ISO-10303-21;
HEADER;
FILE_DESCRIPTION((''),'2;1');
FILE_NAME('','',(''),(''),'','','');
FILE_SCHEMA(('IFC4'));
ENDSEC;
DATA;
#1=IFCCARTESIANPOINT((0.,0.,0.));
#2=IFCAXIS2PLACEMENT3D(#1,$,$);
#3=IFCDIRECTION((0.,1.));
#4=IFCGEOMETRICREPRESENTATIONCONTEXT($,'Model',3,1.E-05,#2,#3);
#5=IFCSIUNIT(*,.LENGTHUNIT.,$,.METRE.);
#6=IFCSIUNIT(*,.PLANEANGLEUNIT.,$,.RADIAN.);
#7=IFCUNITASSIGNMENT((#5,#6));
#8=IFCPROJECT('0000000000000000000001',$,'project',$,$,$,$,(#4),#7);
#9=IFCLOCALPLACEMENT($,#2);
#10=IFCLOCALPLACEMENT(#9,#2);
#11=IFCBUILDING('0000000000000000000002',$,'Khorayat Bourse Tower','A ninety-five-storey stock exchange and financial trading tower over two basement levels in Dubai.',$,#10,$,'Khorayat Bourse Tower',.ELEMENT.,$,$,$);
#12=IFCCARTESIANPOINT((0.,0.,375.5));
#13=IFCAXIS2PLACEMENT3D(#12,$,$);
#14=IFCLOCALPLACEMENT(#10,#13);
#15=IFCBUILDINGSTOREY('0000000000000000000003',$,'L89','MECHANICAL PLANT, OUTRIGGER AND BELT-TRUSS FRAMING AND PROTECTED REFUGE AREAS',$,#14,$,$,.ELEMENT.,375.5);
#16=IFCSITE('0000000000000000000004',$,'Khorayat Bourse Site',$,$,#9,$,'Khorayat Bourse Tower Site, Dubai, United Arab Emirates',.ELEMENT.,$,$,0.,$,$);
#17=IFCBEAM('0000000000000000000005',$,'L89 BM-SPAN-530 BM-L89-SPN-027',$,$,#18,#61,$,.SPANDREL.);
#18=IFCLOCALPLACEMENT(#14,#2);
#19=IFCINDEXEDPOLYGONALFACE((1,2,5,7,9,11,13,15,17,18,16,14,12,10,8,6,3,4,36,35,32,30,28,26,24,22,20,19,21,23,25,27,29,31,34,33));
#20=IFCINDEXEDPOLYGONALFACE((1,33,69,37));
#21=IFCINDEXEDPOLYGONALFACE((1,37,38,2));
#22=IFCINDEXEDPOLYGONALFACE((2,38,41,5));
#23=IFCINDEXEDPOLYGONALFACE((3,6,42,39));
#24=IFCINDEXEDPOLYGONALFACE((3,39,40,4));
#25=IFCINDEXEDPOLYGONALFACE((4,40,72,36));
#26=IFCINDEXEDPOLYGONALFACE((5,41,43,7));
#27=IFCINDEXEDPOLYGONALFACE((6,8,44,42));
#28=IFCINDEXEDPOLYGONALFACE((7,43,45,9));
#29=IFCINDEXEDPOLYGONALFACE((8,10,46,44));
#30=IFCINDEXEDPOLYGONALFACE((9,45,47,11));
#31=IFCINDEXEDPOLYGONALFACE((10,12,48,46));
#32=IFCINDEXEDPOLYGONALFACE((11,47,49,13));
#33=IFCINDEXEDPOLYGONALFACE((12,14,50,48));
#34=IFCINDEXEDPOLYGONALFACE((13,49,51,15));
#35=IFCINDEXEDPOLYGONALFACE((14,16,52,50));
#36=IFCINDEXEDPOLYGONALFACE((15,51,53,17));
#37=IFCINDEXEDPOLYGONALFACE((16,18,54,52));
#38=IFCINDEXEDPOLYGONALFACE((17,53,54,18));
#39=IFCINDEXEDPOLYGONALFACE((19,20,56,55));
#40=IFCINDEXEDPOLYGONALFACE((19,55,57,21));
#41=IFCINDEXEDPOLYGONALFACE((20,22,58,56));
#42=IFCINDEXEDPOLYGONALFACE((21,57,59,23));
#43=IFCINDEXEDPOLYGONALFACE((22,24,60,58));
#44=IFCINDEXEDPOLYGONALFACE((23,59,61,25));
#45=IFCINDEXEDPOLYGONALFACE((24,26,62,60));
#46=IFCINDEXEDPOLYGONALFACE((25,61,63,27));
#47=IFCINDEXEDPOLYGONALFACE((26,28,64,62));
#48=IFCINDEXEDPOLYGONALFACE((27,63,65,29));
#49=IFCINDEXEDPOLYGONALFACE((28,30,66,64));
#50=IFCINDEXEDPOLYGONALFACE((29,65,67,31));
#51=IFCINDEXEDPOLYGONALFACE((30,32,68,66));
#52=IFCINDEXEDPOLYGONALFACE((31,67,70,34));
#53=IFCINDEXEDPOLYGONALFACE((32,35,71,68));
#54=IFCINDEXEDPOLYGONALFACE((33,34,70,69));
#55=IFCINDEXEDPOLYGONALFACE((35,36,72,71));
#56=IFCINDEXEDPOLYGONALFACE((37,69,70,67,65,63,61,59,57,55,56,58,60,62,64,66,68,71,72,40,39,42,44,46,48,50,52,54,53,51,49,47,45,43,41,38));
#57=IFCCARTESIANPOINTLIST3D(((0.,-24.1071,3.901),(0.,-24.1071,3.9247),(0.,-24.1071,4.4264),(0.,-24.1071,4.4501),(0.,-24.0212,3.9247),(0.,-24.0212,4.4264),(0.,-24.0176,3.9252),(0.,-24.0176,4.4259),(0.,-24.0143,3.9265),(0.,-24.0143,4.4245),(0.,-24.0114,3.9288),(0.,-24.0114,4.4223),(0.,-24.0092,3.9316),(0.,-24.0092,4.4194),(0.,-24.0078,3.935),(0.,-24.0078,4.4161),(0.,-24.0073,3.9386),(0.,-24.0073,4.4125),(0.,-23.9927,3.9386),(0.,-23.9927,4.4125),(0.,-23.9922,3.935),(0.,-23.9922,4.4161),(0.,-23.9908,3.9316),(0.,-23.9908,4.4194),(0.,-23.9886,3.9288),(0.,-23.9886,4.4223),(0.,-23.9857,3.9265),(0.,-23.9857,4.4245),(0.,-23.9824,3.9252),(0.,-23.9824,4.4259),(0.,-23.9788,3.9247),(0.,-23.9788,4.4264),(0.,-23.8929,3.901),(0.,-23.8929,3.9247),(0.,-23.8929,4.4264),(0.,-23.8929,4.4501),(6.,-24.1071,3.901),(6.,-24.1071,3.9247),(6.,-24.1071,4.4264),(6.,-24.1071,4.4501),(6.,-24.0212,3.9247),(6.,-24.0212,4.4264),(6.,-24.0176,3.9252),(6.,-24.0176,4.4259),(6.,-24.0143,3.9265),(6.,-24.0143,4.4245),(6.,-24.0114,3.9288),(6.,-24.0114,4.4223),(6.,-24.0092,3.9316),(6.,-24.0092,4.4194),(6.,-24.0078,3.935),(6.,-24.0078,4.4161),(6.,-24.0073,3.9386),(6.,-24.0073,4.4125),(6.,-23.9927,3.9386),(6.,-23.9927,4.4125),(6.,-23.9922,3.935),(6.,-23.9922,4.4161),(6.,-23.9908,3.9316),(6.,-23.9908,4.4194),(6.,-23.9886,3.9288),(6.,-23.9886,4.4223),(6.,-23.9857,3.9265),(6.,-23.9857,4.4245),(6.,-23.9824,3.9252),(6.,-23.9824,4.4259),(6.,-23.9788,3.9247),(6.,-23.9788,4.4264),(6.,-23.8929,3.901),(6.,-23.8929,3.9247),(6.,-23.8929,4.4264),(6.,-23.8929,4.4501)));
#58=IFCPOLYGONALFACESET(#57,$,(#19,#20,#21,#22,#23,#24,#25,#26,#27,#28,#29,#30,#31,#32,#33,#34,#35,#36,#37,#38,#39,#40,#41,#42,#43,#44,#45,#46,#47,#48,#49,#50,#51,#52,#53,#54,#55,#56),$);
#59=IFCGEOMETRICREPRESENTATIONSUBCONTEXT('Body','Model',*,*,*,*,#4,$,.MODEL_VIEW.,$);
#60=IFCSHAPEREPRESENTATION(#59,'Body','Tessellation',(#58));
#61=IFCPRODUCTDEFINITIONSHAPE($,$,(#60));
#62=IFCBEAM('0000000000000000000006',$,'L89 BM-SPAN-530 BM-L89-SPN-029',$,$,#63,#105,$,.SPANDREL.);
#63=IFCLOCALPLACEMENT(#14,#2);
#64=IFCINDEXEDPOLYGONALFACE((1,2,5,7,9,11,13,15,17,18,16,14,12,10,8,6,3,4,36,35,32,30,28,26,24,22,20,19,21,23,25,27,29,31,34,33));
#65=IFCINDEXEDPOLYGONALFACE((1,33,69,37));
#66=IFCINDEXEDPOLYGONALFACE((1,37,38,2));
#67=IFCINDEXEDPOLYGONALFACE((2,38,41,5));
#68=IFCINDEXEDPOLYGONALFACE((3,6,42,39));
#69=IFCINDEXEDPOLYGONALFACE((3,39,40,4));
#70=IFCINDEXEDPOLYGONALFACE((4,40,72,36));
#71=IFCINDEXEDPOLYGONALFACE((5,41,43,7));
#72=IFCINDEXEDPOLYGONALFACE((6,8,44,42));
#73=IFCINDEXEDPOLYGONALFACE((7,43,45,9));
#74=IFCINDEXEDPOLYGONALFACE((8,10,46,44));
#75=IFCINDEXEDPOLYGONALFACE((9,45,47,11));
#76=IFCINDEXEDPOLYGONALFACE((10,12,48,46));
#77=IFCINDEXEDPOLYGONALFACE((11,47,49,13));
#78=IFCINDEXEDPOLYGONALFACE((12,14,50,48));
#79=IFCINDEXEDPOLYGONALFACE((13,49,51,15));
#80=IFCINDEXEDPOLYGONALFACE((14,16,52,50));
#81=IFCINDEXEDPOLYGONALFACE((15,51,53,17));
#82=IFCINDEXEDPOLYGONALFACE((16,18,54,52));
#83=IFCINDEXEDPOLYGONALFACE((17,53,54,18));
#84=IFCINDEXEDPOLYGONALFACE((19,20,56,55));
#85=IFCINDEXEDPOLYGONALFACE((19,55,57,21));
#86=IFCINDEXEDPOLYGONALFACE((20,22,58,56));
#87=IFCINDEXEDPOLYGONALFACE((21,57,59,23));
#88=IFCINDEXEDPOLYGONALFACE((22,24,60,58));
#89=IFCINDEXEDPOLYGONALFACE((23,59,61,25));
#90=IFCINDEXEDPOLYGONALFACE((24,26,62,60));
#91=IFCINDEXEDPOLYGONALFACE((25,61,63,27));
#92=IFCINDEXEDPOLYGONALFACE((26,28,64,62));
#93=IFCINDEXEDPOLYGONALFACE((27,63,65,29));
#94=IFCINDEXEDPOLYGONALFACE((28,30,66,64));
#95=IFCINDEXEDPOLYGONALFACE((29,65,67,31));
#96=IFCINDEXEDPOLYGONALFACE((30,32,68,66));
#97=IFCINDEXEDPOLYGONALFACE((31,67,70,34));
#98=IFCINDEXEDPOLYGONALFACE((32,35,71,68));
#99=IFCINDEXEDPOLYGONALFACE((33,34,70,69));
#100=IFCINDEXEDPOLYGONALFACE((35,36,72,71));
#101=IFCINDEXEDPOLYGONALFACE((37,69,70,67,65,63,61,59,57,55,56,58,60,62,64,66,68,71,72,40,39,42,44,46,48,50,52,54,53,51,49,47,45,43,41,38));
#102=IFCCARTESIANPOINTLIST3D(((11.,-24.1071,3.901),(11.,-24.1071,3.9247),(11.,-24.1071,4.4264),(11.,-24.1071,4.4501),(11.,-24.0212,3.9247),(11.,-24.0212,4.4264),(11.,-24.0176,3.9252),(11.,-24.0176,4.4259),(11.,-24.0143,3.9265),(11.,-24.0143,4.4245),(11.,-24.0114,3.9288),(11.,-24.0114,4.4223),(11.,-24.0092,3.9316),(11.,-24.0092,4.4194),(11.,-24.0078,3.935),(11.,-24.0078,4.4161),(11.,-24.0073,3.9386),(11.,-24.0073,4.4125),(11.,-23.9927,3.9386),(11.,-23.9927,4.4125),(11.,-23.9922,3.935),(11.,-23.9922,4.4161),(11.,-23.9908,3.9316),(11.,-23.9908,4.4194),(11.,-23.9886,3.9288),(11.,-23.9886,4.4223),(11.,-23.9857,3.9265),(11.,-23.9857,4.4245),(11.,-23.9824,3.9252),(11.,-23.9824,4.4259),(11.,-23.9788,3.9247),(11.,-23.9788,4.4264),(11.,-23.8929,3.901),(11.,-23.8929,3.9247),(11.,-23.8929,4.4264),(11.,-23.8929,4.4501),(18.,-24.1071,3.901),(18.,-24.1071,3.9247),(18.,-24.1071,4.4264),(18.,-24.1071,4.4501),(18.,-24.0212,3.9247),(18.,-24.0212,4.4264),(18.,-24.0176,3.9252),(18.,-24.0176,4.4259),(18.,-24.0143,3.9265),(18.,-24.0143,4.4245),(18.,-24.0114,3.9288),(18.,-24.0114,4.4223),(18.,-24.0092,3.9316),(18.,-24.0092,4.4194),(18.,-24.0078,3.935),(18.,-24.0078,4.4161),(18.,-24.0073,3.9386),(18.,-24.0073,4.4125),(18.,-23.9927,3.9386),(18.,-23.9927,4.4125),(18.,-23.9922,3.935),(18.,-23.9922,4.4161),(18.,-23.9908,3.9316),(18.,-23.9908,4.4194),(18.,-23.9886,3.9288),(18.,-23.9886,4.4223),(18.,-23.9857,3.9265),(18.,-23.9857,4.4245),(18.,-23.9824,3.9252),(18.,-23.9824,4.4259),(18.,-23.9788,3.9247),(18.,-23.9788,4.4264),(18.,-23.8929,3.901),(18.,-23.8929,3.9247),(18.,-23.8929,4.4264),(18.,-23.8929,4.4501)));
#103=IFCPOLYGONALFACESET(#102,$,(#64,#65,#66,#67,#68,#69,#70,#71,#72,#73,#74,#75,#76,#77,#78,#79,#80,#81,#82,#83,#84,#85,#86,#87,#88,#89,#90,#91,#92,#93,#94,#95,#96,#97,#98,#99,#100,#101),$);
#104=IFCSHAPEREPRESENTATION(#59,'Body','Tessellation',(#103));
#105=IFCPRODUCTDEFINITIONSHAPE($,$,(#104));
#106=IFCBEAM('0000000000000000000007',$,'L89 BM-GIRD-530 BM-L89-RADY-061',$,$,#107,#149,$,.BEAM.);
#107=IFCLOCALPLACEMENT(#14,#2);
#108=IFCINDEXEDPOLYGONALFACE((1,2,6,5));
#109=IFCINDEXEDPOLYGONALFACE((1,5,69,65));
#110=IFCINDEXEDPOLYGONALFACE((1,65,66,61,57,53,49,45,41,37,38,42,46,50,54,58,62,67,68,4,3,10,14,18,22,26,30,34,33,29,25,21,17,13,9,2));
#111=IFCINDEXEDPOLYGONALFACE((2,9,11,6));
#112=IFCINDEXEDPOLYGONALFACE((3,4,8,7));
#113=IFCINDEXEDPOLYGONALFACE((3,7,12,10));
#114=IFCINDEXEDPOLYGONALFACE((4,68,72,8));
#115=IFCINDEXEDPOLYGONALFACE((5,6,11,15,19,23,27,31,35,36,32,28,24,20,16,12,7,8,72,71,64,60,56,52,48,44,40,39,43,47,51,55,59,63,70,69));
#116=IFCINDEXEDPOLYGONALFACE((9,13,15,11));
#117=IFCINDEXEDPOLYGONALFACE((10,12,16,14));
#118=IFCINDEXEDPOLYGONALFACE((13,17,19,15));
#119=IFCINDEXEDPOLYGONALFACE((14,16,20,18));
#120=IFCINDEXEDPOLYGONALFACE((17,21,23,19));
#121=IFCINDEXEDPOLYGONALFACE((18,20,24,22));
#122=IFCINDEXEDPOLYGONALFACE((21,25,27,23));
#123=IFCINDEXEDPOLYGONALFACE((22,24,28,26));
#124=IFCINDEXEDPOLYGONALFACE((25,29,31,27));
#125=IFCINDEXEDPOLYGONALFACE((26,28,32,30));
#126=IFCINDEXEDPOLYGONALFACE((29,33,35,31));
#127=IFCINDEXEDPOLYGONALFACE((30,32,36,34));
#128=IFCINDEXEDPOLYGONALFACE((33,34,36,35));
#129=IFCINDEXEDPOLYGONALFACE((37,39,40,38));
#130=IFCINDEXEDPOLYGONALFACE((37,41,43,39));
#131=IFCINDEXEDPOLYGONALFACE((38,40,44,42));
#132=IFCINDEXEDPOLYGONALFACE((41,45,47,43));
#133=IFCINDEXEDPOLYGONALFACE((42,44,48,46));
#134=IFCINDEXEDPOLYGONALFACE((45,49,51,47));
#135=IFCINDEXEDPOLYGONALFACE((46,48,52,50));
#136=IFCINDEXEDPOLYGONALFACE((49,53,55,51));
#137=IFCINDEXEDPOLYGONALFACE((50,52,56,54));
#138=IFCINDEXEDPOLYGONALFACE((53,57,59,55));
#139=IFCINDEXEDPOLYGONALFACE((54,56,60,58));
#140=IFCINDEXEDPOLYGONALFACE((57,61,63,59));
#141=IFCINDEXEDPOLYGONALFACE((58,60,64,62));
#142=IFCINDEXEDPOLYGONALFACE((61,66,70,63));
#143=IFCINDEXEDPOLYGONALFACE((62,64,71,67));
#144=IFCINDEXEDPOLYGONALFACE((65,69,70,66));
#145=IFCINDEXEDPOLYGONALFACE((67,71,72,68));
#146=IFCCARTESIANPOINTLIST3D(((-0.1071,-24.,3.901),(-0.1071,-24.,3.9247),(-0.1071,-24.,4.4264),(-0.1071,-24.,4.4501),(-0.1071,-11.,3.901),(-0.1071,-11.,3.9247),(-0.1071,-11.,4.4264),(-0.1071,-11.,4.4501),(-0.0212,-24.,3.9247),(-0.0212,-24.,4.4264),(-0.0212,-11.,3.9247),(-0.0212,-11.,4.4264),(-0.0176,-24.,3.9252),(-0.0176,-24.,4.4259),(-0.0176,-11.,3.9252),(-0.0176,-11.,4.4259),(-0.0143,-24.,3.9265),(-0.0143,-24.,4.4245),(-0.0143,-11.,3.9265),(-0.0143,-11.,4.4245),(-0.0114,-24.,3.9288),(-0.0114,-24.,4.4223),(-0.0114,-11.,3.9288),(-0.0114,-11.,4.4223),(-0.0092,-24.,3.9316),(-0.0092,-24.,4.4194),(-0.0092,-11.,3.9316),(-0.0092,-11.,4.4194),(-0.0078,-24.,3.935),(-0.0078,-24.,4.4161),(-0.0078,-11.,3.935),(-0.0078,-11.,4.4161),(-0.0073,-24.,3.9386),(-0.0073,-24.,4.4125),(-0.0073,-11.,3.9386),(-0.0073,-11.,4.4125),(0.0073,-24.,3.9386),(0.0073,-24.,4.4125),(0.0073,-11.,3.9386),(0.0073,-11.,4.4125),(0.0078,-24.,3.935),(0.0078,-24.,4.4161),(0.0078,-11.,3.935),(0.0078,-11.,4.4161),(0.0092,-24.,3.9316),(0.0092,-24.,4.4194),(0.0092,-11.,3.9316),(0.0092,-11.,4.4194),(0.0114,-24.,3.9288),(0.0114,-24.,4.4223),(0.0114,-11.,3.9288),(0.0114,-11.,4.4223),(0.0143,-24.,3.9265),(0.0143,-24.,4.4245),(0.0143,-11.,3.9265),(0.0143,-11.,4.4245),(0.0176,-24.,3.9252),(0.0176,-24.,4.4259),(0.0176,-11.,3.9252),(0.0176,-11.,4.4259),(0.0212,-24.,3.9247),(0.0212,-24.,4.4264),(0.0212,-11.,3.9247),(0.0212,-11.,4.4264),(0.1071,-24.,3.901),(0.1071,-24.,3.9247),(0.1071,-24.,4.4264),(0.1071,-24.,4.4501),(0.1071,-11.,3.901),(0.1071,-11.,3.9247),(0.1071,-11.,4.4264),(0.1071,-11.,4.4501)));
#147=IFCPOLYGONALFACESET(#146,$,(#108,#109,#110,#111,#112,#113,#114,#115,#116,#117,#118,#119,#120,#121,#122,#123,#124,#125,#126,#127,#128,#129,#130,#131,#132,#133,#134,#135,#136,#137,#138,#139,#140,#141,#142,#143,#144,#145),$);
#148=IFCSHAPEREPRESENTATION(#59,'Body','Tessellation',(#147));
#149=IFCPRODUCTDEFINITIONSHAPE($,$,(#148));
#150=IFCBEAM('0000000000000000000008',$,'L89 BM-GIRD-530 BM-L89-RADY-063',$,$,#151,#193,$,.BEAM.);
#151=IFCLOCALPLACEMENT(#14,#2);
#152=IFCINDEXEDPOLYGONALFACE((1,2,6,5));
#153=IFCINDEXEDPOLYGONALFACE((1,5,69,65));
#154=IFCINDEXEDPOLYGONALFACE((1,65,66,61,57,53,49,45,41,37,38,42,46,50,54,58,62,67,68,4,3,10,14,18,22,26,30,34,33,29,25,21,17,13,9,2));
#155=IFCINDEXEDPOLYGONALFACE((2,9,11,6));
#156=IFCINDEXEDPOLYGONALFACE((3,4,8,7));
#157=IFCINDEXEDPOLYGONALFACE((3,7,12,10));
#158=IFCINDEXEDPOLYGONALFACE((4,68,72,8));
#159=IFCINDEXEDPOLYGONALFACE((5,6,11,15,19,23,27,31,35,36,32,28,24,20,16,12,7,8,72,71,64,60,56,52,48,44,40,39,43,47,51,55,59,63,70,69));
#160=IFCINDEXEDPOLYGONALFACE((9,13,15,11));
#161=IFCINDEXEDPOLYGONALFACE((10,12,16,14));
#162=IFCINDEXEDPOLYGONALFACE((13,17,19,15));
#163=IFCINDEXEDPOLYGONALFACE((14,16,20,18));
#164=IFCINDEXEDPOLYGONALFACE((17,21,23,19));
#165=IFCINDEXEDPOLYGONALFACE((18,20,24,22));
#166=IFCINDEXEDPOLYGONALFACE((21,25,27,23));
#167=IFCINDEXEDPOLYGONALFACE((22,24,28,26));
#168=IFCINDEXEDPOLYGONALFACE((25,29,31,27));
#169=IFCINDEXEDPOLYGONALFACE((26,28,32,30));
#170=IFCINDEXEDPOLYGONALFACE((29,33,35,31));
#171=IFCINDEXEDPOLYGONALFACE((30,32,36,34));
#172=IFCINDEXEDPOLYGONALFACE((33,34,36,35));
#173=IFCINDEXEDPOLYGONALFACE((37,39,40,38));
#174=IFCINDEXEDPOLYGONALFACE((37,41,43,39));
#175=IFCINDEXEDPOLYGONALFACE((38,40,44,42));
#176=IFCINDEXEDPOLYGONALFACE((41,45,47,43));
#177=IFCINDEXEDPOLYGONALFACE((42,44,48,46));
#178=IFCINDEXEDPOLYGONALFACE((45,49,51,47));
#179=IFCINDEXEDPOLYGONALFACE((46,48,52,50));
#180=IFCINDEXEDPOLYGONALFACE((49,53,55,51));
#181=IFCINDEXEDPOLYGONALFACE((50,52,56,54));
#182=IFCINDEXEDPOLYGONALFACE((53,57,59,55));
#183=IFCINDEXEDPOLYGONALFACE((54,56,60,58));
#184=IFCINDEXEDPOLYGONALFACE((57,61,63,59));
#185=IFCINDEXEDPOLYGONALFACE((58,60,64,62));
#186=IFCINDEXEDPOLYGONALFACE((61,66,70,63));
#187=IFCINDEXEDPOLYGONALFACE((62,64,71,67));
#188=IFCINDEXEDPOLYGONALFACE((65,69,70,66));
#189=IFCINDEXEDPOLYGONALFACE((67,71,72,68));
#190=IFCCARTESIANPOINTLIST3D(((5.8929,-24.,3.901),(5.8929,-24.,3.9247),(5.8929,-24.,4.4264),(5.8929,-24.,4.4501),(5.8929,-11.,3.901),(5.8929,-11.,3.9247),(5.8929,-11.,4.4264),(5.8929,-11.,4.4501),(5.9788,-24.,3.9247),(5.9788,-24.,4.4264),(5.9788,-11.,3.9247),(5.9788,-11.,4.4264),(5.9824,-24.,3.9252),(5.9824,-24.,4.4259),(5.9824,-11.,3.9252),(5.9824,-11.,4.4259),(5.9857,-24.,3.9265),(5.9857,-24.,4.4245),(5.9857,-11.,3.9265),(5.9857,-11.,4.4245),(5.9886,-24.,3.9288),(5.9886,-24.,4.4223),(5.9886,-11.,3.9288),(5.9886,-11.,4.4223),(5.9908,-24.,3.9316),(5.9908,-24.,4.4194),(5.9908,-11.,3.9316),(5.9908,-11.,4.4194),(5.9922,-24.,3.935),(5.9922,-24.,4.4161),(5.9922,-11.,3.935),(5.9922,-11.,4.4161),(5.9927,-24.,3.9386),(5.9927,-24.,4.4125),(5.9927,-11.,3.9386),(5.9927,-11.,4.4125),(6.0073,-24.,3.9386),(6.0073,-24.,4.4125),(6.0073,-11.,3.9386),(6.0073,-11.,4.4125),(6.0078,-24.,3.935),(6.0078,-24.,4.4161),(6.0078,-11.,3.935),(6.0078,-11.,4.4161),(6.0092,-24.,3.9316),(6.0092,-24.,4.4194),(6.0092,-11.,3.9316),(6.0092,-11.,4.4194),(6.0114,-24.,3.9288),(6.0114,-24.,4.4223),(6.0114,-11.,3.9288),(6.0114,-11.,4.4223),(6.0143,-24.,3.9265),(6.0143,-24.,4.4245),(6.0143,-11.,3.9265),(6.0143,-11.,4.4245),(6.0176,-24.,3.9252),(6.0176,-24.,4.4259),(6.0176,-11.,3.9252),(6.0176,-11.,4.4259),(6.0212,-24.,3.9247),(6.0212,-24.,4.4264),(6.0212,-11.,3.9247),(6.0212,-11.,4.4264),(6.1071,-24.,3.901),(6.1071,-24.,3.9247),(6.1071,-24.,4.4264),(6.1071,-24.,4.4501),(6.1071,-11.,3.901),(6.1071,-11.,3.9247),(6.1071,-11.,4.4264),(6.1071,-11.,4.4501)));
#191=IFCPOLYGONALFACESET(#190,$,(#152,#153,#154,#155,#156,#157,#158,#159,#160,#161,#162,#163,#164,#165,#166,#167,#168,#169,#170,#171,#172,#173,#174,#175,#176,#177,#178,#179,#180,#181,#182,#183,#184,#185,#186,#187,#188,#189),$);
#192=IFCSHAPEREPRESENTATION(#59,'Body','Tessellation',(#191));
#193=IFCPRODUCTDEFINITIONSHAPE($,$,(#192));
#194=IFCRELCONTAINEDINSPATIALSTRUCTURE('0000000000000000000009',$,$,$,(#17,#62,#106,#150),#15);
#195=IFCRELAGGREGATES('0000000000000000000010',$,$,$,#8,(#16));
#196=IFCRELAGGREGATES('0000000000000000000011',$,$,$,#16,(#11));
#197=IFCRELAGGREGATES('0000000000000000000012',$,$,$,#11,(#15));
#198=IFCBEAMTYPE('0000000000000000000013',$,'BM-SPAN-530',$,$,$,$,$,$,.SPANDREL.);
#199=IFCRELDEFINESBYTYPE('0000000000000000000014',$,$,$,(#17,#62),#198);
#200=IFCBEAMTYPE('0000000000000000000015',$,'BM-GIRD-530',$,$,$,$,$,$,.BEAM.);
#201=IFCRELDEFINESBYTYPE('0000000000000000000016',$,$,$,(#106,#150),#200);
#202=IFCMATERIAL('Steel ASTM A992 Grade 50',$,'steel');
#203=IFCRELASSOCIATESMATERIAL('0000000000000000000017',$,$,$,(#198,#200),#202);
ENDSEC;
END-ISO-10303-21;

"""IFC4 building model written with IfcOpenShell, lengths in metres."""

from ifc_helpers import new_model, si_unit, direction, frame, origin, origin_2d, place, context, subcontext, project, spatial, i_section, extrude, source, transform, mapped, material, material_profile, profile_set, type_object, element, save


model = new_model("IFC4")

# Units and contexts
model_context = context("Model", 3, precision=1e-05, world=origin(), true_north=direction((0.0, 1.0)))
body_context = subcontext(model_context, "Body", "Model", "MODEL_VIEW")
ifc_project = project(units=[si_unit("LENGTHUNIT", "METRE"), si_unit("PLANEANGLEUNIT", "RADIAN")], contexts=[model_context])

# Site, building, storey
site_placement = place(None, origin())
site = spatial("IfcSite", under=ifc_project, at=site_placement, Name="Khorayat Bourse Site", LongName="Khorayat Bourse Tower Site, Dubai, United Arab Emirates", CompositionType="ELEMENT", RefElevation=0.0)
building_placement = place(site_placement, origin())
building = spatial("IfcBuilding", under=site, at=building_placement, Name="Khorayat Bourse Tower", Description="A ninety-five-storey stock exchange and financial trading tower over two basement levels in Dubai.", LongName="Khorayat Bourse Tower", CompositionType="ELEMENT")
storey_placement = place(building_placement, frame((0.0, 0.0, 375.5)))
storey = spatial("IfcBuildingStorey", under=building, at=storey_placement, Name="L89", Description="MECHANICAL PLANT, OUTRIGGER AND BELT-TRUSS FRAMING AND PROTECTED REFUGE AREAS", CompositionType="ELEMENT", Elevation=375.5)

# Beams
ifc_material_1 = material(Name="Steel ASTM A992 Grade 50", Category="steel")
ifc_material_profile_1 = material_profile(ifc_material_1, i_section(OverallWidth=0.2141, OverallDepth=0.5491, WebThickness=0.0146, FlangeThickness=0.0237, FilletRadius=0.0139, at=origin_2d()), Name="W530X138")
ifc_profile_set_1 = profile_set([ifc_material_profile_1], Name="Steel ASTM A992 Grade 50")
beam_type_1 = type_object("IfcBeamType", Name="BM-SPAN-530", PredefinedType="SPANDREL", material=ifc_profile_set_1)
shared_shape_1 = source(origin(), body_context, "Body", "SweptSolid", [
    extrude(i_section(OverallWidth=0.2141, OverallDepth=0.5491, WebThickness=0.0146, FlangeThickness=0.0237, FilletRadius=0.0139, at=origin_2d()), origin(), (0.0, 0.0, 1.0), 6.0),
])
beam_1_placement = place(storey_placement, frame((0.0, -24.0, 4.1755), z_axis=(1.0, 0.0, 0.0), x_axis=(0.0, 1.0, 0.0)))
element("IfcBeam", 1, at=beam_1_placement, inside=storey, type_object=beam_type_1, Name="L89 BM-SPAN-530 BM-L89-SPN-027", PredefinedType="SPANDREL", context=body_context, shape_type="MappedRepresentation", body=[
    mapped(shared_shape_1, transform((0.0, 0.0, 0.0), scale=1.0)),
])
shared_shape_2 = source(origin(), body_context, "Body", "SweptSolid", [
    extrude(i_section(OverallWidth=0.2141, OverallDepth=0.5491, WebThickness=0.0146, FlangeThickness=0.0237, FilletRadius=0.0139, at=origin_2d()), origin(), (0.0, 0.0, 1.0), 7.0),
])
beam_2_placement = place(storey_placement, frame((11.0, -24.0, 4.1755), z_axis=(1.0, 0.0, 0.0), x_axis=(0.0, 1.0, 0.0)))
element("IfcBeam", 2, at=beam_2_placement, inside=storey, type_object=beam_type_1, Name="L89 BM-SPAN-530 BM-L89-SPN-029", PredefinedType="SPANDREL", context=body_context, shape_type="MappedRepresentation", body=[
    mapped(shared_shape_2, transform((0.0, 0.0, 0.0), scale=1.0)),
])
ifc_material_profile_2 = material_profile(ifc_material_1, i_section(OverallWidth=0.2141, OverallDepth=0.5491, WebThickness=0.0146, FlangeThickness=0.0237, FilletRadius=0.0139, at=origin_2d()), Name="W530X138")
ifc_profile_set_2 = profile_set([ifc_material_profile_2], Name="Steel ASTM A992 Grade 50")
beam_type_2 = type_object("IfcBeamType", Name="BM-GIRD-530", PredefinedType="BEAM", material=ifc_profile_set_2)
shared_shape_3 = source(origin(), body_context, "Body", "SweptSolid", [
    extrude(i_section(OverallWidth=0.2141, OverallDepth=0.5491, WebThickness=0.0146, FlangeThickness=0.0237, FilletRadius=0.0139, at=origin_2d()), origin(), (0.0, 0.0, 1.0), 13.0),
])
for number, where, z_axis, x_axis, name in (
    (3, (0.0, -24.0, 4.1755), (0.0, 1.0, 0.0), (-1.0, 0.0, 0.0), "L89 BM-GIRD-530 BM-L89-RADY-061"),
    (4, (6.0, -24.0, 4.1755), (0.0, 1.0, 0.0), (-1.0, 0.0, 0.0), "L89 BM-GIRD-530 BM-L89-RADY-063"),
):
    element("IfcBeam", number, at=place(storey_placement, frame(where, z_axis=z_axis, x_axis=x_axis)), inside=storey, type_object=beam_type_2, Name=name, PredefinedType="BEAM", context=body_context, shape_type="MappedRepresentation", body=[
        mapped(shared_shape_3, transform((0.0, 0.0, 0.0), scale=1.0)),
    ])

save(model, "model.ifc")
